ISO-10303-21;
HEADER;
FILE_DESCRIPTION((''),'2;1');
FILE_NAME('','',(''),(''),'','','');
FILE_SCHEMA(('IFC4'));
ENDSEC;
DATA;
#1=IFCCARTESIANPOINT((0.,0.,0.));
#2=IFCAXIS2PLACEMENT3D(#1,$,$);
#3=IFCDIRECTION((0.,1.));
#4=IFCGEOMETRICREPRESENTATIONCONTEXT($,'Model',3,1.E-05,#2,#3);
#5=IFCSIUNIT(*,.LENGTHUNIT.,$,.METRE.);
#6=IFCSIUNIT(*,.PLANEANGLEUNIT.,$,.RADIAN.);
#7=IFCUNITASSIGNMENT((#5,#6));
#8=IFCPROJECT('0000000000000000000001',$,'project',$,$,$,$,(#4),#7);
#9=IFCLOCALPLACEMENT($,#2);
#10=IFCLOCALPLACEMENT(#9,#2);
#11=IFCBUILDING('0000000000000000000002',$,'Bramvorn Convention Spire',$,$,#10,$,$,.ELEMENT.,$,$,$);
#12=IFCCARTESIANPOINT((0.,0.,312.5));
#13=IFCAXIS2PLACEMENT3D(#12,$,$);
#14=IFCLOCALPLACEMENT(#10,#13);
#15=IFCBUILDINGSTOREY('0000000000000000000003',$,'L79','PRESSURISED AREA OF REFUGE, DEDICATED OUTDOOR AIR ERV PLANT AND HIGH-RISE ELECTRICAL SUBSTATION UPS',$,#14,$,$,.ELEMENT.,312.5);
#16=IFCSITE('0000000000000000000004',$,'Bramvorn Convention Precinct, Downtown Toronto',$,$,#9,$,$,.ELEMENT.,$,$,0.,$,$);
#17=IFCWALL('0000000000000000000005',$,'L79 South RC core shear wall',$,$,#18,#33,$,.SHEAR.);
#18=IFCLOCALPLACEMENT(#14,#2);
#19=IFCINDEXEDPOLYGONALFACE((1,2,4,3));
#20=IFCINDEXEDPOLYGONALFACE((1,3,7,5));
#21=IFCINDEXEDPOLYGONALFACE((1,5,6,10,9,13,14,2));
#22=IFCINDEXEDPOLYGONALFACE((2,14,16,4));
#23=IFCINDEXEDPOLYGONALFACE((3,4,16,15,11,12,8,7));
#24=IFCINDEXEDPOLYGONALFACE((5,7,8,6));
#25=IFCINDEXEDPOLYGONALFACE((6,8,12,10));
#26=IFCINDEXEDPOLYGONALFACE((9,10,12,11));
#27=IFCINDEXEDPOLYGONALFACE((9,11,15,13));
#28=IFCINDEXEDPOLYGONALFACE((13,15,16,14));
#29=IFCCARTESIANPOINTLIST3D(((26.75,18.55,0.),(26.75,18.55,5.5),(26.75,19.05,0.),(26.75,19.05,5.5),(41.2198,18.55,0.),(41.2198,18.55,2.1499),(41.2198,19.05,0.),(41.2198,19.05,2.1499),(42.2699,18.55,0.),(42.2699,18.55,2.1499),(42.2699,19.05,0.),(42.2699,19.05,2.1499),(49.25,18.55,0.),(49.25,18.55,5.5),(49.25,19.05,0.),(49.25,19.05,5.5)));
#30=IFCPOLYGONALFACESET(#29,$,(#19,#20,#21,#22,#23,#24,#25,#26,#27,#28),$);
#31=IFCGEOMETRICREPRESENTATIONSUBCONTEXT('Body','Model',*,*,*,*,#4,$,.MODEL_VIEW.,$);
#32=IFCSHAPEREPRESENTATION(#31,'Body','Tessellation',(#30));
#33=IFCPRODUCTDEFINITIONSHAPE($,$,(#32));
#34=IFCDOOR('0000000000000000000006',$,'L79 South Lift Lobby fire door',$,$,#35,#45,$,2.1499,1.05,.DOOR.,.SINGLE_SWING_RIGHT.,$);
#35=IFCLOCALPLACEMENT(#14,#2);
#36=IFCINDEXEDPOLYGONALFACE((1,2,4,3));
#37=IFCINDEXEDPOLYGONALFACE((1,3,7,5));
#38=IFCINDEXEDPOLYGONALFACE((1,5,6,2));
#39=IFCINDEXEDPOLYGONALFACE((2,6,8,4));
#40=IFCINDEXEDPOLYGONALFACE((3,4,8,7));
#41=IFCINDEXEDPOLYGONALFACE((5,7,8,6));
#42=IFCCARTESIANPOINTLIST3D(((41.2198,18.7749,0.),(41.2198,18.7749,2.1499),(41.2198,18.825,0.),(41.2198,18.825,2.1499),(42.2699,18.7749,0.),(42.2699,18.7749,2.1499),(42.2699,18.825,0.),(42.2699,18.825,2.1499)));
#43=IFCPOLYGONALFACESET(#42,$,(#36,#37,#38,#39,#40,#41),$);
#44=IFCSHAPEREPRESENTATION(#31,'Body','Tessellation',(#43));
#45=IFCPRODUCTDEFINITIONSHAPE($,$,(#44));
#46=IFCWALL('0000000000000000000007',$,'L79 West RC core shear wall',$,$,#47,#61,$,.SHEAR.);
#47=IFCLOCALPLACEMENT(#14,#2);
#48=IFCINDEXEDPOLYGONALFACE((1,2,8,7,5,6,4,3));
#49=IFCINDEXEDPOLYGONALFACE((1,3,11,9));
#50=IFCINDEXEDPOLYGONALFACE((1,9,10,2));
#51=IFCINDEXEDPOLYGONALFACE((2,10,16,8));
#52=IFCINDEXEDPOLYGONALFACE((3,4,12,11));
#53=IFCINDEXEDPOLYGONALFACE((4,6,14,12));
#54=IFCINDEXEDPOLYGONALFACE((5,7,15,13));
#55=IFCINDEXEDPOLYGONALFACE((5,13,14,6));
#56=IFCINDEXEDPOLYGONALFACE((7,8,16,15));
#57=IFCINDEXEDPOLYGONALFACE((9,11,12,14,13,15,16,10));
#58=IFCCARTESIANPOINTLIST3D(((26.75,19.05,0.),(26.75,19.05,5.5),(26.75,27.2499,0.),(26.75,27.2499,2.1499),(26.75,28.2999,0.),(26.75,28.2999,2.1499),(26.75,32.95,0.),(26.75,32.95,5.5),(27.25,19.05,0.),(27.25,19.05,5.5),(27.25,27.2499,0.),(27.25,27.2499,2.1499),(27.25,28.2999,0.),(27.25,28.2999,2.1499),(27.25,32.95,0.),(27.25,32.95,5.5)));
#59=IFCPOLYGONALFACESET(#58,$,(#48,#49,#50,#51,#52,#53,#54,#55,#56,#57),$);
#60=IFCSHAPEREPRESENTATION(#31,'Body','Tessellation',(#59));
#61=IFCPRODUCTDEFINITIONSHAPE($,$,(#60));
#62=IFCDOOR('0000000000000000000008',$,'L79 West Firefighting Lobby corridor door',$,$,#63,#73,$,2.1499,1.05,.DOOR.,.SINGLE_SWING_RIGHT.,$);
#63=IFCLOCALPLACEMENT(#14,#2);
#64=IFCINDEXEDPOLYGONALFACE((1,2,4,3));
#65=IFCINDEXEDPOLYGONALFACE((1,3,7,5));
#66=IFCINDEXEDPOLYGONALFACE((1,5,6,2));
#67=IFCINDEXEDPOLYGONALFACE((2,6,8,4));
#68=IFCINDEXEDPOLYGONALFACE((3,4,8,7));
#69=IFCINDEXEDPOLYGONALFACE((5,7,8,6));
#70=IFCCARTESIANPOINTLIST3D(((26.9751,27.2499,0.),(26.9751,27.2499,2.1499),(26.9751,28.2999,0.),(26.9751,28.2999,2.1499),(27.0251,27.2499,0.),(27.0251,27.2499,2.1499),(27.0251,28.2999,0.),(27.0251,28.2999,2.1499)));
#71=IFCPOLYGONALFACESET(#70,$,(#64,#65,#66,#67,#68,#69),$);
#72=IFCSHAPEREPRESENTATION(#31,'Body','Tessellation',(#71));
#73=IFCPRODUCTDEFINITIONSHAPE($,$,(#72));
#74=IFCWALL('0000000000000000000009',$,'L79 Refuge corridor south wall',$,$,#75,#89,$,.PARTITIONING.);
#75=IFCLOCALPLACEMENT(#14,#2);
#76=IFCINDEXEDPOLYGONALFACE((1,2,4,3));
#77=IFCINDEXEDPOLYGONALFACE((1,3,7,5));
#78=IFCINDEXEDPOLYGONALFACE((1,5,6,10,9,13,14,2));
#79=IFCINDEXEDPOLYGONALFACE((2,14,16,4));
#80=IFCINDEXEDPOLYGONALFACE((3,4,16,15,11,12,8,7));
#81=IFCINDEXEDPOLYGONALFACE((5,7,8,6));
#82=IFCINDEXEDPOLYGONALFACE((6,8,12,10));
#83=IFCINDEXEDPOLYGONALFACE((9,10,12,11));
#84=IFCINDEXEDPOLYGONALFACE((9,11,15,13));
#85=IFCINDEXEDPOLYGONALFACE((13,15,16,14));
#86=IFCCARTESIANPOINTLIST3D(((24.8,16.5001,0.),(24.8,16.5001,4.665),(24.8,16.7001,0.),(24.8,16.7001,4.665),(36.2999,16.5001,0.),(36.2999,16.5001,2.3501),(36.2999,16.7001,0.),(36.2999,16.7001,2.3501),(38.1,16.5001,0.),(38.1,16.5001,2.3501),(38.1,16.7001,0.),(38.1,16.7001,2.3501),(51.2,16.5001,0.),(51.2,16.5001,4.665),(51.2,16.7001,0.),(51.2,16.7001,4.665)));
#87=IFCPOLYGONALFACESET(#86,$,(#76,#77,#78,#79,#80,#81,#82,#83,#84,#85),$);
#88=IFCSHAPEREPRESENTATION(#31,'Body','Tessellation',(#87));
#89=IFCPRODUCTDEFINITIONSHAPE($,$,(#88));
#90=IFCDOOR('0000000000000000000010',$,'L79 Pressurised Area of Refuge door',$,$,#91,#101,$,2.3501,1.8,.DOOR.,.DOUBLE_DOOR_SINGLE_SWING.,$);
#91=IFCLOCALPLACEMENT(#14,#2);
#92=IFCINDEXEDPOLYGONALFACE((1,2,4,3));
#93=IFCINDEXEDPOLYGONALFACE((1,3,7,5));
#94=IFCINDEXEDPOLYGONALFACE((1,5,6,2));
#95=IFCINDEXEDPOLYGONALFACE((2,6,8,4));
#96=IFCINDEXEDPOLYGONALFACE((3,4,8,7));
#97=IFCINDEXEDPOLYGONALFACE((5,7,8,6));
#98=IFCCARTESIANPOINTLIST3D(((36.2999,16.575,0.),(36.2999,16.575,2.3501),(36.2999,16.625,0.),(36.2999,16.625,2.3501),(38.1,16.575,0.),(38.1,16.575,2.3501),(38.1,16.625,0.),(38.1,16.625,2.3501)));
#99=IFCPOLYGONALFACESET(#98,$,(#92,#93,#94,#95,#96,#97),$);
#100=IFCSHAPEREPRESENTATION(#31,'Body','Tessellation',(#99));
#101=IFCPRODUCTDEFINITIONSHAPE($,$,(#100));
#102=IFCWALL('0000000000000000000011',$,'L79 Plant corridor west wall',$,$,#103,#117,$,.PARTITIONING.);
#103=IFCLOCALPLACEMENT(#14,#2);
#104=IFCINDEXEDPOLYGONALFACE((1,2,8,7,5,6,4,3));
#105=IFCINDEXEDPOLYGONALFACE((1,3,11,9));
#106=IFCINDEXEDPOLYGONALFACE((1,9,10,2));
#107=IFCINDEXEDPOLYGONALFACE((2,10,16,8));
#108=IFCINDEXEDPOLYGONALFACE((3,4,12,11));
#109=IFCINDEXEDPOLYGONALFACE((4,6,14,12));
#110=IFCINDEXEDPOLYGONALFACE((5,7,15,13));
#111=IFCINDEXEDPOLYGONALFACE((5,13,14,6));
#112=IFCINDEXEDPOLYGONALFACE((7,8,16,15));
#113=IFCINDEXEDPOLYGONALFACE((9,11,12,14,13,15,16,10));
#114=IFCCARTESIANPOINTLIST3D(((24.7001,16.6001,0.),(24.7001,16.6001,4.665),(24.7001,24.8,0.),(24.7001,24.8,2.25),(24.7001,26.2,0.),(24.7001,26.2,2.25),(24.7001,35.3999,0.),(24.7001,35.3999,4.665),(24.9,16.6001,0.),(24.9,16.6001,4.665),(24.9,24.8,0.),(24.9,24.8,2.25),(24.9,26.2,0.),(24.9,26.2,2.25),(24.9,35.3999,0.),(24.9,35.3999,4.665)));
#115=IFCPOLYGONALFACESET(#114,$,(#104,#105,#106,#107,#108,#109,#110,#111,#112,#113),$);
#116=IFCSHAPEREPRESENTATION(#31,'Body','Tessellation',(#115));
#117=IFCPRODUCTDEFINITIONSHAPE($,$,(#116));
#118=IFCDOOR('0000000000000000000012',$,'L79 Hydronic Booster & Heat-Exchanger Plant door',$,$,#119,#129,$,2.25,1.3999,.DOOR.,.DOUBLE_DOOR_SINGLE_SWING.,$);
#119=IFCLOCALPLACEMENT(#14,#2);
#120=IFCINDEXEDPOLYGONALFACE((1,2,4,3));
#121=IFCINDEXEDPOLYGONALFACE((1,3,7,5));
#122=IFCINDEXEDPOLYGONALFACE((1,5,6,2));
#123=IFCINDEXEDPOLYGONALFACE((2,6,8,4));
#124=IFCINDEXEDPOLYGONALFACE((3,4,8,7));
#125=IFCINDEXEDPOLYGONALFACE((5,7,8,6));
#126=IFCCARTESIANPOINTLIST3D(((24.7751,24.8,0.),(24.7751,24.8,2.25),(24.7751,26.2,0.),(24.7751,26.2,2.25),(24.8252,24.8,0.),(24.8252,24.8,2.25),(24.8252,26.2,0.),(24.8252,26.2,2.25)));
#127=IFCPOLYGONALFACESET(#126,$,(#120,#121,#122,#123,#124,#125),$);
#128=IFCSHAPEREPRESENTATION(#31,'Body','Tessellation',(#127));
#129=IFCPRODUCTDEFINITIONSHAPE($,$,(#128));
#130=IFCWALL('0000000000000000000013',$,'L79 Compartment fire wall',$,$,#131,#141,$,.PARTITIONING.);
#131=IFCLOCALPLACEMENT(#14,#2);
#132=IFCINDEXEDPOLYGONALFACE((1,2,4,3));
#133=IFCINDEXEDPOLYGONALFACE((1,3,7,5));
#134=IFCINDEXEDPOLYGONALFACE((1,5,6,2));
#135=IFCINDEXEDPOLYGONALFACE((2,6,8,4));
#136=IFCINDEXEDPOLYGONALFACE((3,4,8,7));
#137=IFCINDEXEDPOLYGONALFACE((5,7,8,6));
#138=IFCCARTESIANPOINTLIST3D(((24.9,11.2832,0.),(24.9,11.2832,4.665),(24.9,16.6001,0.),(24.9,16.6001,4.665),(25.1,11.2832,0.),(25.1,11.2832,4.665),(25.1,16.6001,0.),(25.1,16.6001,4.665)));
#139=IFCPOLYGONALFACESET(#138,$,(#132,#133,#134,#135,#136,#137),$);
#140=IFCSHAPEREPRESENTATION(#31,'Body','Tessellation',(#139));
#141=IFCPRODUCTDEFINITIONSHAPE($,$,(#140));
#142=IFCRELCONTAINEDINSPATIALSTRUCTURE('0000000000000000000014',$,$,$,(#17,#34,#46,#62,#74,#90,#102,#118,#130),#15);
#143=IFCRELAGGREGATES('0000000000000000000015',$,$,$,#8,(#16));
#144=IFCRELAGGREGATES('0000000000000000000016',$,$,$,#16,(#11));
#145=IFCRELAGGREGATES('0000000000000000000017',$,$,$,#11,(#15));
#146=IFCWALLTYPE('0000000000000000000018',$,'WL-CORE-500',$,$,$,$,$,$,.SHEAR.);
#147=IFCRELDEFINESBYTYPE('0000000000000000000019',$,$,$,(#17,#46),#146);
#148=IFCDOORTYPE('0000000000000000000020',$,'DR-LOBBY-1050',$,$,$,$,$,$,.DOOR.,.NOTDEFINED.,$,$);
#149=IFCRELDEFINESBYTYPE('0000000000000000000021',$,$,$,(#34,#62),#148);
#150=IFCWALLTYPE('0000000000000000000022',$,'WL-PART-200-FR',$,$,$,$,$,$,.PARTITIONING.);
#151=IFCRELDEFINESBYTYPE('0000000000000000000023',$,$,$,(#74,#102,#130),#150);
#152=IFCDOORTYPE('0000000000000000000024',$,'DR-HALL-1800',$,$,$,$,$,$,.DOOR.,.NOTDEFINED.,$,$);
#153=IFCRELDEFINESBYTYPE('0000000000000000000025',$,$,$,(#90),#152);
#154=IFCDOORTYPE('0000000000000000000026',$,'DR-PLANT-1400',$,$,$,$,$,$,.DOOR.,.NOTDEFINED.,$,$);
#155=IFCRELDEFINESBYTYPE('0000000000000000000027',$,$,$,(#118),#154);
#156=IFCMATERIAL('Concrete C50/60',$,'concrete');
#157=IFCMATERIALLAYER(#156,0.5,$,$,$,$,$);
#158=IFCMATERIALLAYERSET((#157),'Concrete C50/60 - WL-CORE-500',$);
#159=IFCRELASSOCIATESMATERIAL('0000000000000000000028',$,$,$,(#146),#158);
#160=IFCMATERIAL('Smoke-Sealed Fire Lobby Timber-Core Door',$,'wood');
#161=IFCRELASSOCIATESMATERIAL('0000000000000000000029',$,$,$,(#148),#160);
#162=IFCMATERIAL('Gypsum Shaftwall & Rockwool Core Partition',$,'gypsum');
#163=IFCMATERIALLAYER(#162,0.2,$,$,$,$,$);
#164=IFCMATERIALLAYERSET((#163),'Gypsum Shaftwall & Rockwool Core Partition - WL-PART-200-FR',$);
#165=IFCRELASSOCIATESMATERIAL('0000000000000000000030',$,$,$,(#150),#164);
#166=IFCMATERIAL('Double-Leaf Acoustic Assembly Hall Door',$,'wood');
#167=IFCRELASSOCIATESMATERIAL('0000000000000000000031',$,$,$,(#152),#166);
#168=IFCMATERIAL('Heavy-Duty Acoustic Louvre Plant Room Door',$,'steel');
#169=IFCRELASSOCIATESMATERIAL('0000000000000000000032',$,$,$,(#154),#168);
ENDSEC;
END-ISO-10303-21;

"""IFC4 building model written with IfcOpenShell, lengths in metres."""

from ifc_helpers import new_model, si_unit, direction, frame, frame_2d, origin, place, context, subcontext, project, spatial, rectangle, extrude, material, layer, layer_set, type_object, element, fill, save


model = new_model("IFC4")

# Units and contexts
model_context = context("Model", 3, precision=1e-05, world=origin(), true_north=direction((0.0, 1.0)))
body_context = subcontext(model_context, "Body", "Model", "MODEL_VIEW")
ifc_project = project(units=[si_unit("LENGTHUNIT", "METRE"), si_unit("PLANEANGLEUNIT", "RADIAN")], contexts=[model_context])

# Site, building, storey
site_placement = place(None, origin())
site = spatial("IfcSite", under=ifc_project, at=site_placement, Name="Bramvorn Convention Precinct, Downtown Toronto", CompositionType="ELEMENT", RefElevation=0.0)
building_placement = place(site_placement, origin())
building = spatial("IfcBuilding", under=site, at=building_placement, Name="Bramvorn Convention Spire", CompositionType="ELEMENT")
storey_placement = place(building_placement, frame((0.0, 0.0, 312.5)))
storey = spatial("IfcBuildingStorey", under=building, at=storey_placement, Name="L79", Description="PRESSURISED AREA OF REFUGE, DEDICATED OUTDOOR AIR ERV PLANT AND HIGH-RISE ELECTRICAL SUBSTATION UPS", CompositionType="ELEMENT", Elevation=312.5)

# Walls, openings, doors
ifc_material_1 = material(Name="Concrete C50/60", Category="concrete")
ifc_layer_1 = layer(ifc_material_1, 0.5)
ifc_layer_set_1 = layer_set([ifc_layer_1], Name="Concrete C50/60 - WL-CORE-500")
wall_type_1 = type_object("IfcWallType", Name="WL-CORE-500", PredefinedType="SHEAR", material=ifc_layer_set_1)
wall_1_placement = place(storey_placement, frame((26.75, 18.8, 0.0), z_axis=(0.0, 0.0, 1.0), x_axis=(1.0, 0.0, 0.0)))
wall_1 = element("IfcWall", 1, at=wall_1_placement, inside=storey, type_object=wall_type_1, Name="L79 South RC core shear wall", PredefinedType="SHEAR", context=body_context, shape_type="SweptSolid", body=[
    extrude(rectangle(XDim=22.5, YDim=0.5, at=frame_2d((11.25, 0.0))), origin(), (0.0, 0.0, 1.0), 5.5),
])
opening_1_placement = place(wall_1_placement, frame((14.47, 0.0, 0.0)))
opening_1 = element("IfcOpeningElement", 2, at=opening_1_placement, cuts=wall_1, PredefinedType="OPENING", context=body_context, shape_type="SweptSolid", body=[
    extrude(rectangle(XDim=1.05, YDim=2.1499, at=frame_2d((0.5249, 1.075))), frame((0.0, 0.26, 0.0), z_axis=(0.0, -1.0, 0.0), x_axis=(1.0, 0.0, 0.0)), (0.0, 0.0, 1.0), 0.52),
])
ifc_material_2 = material(Name="Smoke-Sealed Fire Lobby Timber-Core Door", Category="wood")
door_type_1 = type_object("IfcDoorType", Name="DR-LOBBY-1050", OperationType="NOTDEFINED", PredefinedType="DOOR", material=ifc_material_2)
door_1_placement = place(opening_1_placement, origin())
door_1 = element("IfcDoor", 3, at=door_1_placement, inside=storey, type_object=door_type_1, Name="L79 South Lift Lobby fire door", OperationType="SINGLE_SWING_RIGHT", OverallHeight=2.1499, OverallWidth=1.05, PredefinedType="DOOR", context=body_context, shape_type="SweptSolid", body=[
    extrude(rectangle(XDim=1.05, YDim=2.1499, at=frame_2d((0.5249, 1.075))), frame((0.0, 0.0249, 0.0), z_axis=(0.0, -1.0, 0.0), x_axis=(1.0, 0.0, 0.0)), (0.0, 0.0, 1.0), 0.05),
])
fill(opening_1, door_1)
wall_2_placement = place(storey_placement, frame((27.0, 19.05, 0.0), z_axis=(0.0, 0.0, 1.0), x_axis=(0.0, 1.0, 0.0)))
wall_2 = element("IfcWall", 4, at=wall_2_placement, inside=storey, type_object=wall_type_1, Name="L79 West RC core shear wall", PredefinedType="SHEAR", context=body_context, shape_type="SweptSolid", body=[
    extrude(rectangle(XDim=13.8999, YDim=0.5, at=frame_2d((6.95, 0.0))), origin(), (0.0, 0.0, 1.0), 5.5),
])
opening_2_placement = place(wall_2_placement, frame((8.2, 0.0, 0.0)))
opening_2 = element("IfcOpeningElement", 5, at=opening_2_placement, cuts=wall_2, PredefinedType="OPENING", context=body_context, shape_type="SweptSolid", body=[
    extrude(rectangle(XDim=1.05, YDim=2.1499, at=frame_2d((0.5249, 1.075))), frame((0.0, 0.26, 0.0), z_axis=(0.0, -1.0, 0.0), x_axis=(1.0, 0.0, 0.0)), (0.0, 0.0, 1.0), 0.52),
])
door_2_placement = place(opening_2_placement, origin())
door_2 = element("IfcDoor", 6, at=door_2_placement, inside=storey, type_object=door_type_1, Name="L79 West Firefighting Lobby corridor door", OperationType="SINGLE_SWING_RIGHT", OverallHeight=2.1499, OverallWidth=1.05, PredefinedType="DOOR", context=body_context, shape_type="SweptSolid", body=[
    extrude(rectangle(XDim=1.05, YDim=2.1499, at=frame_2d((0.5249, 1.075))), frame((0.0, 0.0249, 0.0), z_axis=(0.0, -1.0, 0.0), x_axis=(1.0, 0.0, 0.0)), (0.0, 0.0, 1.0), 0.05),
])
fill(opening_2, door_2)
ifc_material_3 = material(Name="Gypsum Shaftwall & Rockwool Core Partition", Category="gypsum")
ifc_layer_2 = layer(ifc_material_3, 0.2)
ifc_layer_set_2 = layer_set([ifc_layer_2], Name="Gypsum Shaftwall & Rockwool Core Partition - WL-PART-200-FR")
wall_type_2 = type_object("IfcWallType", Name="WL-PART-200-FR", PredefinedType="PARTITIONING", material=ifc_layer_set_2)
wall_3_placement = place(storey_placement, frame((24.8, 16.6001, 0.0), z_axis=(0.0, 0.0, 1.0), x_axis=(1.0, 0.0, 0.0)))
wall_3 = element("IfcWall", 7, at=wall_3_placement, inside=storey, type_object=wall_type_2, Name="L79 Refuge corridor south wall", PredefinedType="PARTITIONING", context=body_context, shape_type="SweptSolid", body=[
    extrude(rectangle(XDim=26.3999, YDim=0.2, at=frame_2d((13.2, 0.0))), origin(), (0.0, 0.0, 1.0), 4.665),
])
opening_3_placement = place(wall_3_placement, frame((11.5, 0.0, 0.0)))
opening_3 = element("IfcOpeningElement", 8, at=opening_3_placement, cuts=wall_3, PredefinedType="OPENING", context=body_context, shape_type="SweptSolid", body=[
    extrude(rectangle(XDim=1.8, YDim=2.3501, at=frame_2d((0.8999, 1.175))), frame((0.0, 0.1099, 0.0), z_axis=(0.0, -1.0, 0.0), x_axis=(1.0, 0.0, 0.0)), (0.0, 0.0, 1.0), 0.22),
])
ifc_material_4 = material(Name="Double-Leaf Acoustic Assembly Hall Door", Category="wood")
door_type_2 = type_object("IfcDoorType", Name="DR-HALL-1800", OperationType="NOTDEFINED", PredefinedType="DOOR", material=ifc_material_4)
door_3_placement = place(opening_3_placement, origin())
door_3 = element("IfcDoor", 9, at=door_3_placement, inside=storey, type_object=door_type_2, Name="L79 Pressurised Area of Refuge door", OperationType="DOUBLE_DOOR_SINGLE_SWING", OverallHeight=2.3501, OverallWidth=1.8, PredefinedType="DOOR", context=body_context, shape_type="SweptSolid", body=[
    extrude(rectangle(XDim=1.8, YDim=2.3501, at=frame_2d((0.8999, 1.175))), frame((0.0, 0.0249, 0.0), z_axis=(0.0, -1.0, 0.0), x_axis=(1.0, 0.0, 0.0)), (0.0, 0.0, 1.0), 0.05),
])
fill(opening_3, door_3)
wall_4_placement = place(storey_placement, frame((24.8, 16.6001, 0.0), z_axis=(0.0, 0.0, 1.0), x_axis=(0.0, 1.0, 0.0)))
wall_4 = element("IfcWall", 10, at=wall_4_placement, inside=storey, type_object=wall_type_2, Name="L79 Plant corridor west wall", PredefinedType="PARTITIONING", context=body_context, shape_type="SweptSolid", body=[
    extrude(rectangle(XDim=18.7998, YDim=0.2, at=frame_2d((9.3999, 0.0))), origin(), (0.0, 0.0, 1.0), 4.665),
])
opening_4_placement = place(wall_4_placement, frame((8.2, 0.0, 0.0)))
opening_4 = element("IfcOpeningElement", 11, at=opening_4_placement, cuts=wall_4, PredefinedType="OPENING", context=body_context, shape_type="SweptSolid", body=[
    extrude(rectangle(XDim=1.3999, YDim=2.25, at=frame_2d((0.7, 1.125))), frame((0.0, 0.1099, 0.0), z_axis=(0.0, -1.0, 0.0), x_axis=(1.0, 0.0, 0.0)), (0.0, 0.0, 1.0), 0.22),
])
ifc_material_5 = material(Name="Heavy-Duty Acoustic Louvre Plant Room Door", Category="steel")
door_type_3 = type_object("IfcDoorType", Name="DR-PLANT-1400", OperationType="NOTDEFINED", PredefinedType="DOOR", material=ifc_material_5)
door_4_placement = place(opening_4_placement, origin())
door_4 = element("IfcDoor", 12, at=door_4_placement, inside=storey, type_object=door_type_3, Name="L79 Hydronic Booster & Heat-Exchanger Plant door", OperationType="DOUBLE_DOOR_SINGLE_SWING", OverallHeight=2.25, OverallWidth=1.3999, PredefinedType="DOOR", context=body_context, shape_type="SweptSolid", body=[
    extrude(rectangle(XDim=1.3999, YDim=2.25, at=frame_2d((0.7, 1.125))), frame((0.0, 0.0249, 0.0), z_axis=(0.0, -1.0, 0.0), x_axis=(1.0, 0.0, 0.0)), (0.0, 0.0, 1.0), 0.05),
])
fill(opening_4, door_4)

# Wall
wall_5_placement = place(storey_placement, frame((25.0, 11.2832, 0.0), z_axis=(0.0, 0.0, 1.0), x_axis=(0.0, 1.0, 0.0)))
element("IfcWall", 13, at=wall_5_placement, inside=storey, type_object=wall_type_2, Name="L79 Compartment fire wall", PredefinedType="PARTITIONING", context=body_context, shape_type="SweptSolid", body=[
    extrude(rectangle(XDim=5.3169, YDim=0.2, at=frame_2d((2.6584, 0.0))), origin(), (0.0, 0.0, 1.0), 4.665),
])

save(model, "model.ifc")
